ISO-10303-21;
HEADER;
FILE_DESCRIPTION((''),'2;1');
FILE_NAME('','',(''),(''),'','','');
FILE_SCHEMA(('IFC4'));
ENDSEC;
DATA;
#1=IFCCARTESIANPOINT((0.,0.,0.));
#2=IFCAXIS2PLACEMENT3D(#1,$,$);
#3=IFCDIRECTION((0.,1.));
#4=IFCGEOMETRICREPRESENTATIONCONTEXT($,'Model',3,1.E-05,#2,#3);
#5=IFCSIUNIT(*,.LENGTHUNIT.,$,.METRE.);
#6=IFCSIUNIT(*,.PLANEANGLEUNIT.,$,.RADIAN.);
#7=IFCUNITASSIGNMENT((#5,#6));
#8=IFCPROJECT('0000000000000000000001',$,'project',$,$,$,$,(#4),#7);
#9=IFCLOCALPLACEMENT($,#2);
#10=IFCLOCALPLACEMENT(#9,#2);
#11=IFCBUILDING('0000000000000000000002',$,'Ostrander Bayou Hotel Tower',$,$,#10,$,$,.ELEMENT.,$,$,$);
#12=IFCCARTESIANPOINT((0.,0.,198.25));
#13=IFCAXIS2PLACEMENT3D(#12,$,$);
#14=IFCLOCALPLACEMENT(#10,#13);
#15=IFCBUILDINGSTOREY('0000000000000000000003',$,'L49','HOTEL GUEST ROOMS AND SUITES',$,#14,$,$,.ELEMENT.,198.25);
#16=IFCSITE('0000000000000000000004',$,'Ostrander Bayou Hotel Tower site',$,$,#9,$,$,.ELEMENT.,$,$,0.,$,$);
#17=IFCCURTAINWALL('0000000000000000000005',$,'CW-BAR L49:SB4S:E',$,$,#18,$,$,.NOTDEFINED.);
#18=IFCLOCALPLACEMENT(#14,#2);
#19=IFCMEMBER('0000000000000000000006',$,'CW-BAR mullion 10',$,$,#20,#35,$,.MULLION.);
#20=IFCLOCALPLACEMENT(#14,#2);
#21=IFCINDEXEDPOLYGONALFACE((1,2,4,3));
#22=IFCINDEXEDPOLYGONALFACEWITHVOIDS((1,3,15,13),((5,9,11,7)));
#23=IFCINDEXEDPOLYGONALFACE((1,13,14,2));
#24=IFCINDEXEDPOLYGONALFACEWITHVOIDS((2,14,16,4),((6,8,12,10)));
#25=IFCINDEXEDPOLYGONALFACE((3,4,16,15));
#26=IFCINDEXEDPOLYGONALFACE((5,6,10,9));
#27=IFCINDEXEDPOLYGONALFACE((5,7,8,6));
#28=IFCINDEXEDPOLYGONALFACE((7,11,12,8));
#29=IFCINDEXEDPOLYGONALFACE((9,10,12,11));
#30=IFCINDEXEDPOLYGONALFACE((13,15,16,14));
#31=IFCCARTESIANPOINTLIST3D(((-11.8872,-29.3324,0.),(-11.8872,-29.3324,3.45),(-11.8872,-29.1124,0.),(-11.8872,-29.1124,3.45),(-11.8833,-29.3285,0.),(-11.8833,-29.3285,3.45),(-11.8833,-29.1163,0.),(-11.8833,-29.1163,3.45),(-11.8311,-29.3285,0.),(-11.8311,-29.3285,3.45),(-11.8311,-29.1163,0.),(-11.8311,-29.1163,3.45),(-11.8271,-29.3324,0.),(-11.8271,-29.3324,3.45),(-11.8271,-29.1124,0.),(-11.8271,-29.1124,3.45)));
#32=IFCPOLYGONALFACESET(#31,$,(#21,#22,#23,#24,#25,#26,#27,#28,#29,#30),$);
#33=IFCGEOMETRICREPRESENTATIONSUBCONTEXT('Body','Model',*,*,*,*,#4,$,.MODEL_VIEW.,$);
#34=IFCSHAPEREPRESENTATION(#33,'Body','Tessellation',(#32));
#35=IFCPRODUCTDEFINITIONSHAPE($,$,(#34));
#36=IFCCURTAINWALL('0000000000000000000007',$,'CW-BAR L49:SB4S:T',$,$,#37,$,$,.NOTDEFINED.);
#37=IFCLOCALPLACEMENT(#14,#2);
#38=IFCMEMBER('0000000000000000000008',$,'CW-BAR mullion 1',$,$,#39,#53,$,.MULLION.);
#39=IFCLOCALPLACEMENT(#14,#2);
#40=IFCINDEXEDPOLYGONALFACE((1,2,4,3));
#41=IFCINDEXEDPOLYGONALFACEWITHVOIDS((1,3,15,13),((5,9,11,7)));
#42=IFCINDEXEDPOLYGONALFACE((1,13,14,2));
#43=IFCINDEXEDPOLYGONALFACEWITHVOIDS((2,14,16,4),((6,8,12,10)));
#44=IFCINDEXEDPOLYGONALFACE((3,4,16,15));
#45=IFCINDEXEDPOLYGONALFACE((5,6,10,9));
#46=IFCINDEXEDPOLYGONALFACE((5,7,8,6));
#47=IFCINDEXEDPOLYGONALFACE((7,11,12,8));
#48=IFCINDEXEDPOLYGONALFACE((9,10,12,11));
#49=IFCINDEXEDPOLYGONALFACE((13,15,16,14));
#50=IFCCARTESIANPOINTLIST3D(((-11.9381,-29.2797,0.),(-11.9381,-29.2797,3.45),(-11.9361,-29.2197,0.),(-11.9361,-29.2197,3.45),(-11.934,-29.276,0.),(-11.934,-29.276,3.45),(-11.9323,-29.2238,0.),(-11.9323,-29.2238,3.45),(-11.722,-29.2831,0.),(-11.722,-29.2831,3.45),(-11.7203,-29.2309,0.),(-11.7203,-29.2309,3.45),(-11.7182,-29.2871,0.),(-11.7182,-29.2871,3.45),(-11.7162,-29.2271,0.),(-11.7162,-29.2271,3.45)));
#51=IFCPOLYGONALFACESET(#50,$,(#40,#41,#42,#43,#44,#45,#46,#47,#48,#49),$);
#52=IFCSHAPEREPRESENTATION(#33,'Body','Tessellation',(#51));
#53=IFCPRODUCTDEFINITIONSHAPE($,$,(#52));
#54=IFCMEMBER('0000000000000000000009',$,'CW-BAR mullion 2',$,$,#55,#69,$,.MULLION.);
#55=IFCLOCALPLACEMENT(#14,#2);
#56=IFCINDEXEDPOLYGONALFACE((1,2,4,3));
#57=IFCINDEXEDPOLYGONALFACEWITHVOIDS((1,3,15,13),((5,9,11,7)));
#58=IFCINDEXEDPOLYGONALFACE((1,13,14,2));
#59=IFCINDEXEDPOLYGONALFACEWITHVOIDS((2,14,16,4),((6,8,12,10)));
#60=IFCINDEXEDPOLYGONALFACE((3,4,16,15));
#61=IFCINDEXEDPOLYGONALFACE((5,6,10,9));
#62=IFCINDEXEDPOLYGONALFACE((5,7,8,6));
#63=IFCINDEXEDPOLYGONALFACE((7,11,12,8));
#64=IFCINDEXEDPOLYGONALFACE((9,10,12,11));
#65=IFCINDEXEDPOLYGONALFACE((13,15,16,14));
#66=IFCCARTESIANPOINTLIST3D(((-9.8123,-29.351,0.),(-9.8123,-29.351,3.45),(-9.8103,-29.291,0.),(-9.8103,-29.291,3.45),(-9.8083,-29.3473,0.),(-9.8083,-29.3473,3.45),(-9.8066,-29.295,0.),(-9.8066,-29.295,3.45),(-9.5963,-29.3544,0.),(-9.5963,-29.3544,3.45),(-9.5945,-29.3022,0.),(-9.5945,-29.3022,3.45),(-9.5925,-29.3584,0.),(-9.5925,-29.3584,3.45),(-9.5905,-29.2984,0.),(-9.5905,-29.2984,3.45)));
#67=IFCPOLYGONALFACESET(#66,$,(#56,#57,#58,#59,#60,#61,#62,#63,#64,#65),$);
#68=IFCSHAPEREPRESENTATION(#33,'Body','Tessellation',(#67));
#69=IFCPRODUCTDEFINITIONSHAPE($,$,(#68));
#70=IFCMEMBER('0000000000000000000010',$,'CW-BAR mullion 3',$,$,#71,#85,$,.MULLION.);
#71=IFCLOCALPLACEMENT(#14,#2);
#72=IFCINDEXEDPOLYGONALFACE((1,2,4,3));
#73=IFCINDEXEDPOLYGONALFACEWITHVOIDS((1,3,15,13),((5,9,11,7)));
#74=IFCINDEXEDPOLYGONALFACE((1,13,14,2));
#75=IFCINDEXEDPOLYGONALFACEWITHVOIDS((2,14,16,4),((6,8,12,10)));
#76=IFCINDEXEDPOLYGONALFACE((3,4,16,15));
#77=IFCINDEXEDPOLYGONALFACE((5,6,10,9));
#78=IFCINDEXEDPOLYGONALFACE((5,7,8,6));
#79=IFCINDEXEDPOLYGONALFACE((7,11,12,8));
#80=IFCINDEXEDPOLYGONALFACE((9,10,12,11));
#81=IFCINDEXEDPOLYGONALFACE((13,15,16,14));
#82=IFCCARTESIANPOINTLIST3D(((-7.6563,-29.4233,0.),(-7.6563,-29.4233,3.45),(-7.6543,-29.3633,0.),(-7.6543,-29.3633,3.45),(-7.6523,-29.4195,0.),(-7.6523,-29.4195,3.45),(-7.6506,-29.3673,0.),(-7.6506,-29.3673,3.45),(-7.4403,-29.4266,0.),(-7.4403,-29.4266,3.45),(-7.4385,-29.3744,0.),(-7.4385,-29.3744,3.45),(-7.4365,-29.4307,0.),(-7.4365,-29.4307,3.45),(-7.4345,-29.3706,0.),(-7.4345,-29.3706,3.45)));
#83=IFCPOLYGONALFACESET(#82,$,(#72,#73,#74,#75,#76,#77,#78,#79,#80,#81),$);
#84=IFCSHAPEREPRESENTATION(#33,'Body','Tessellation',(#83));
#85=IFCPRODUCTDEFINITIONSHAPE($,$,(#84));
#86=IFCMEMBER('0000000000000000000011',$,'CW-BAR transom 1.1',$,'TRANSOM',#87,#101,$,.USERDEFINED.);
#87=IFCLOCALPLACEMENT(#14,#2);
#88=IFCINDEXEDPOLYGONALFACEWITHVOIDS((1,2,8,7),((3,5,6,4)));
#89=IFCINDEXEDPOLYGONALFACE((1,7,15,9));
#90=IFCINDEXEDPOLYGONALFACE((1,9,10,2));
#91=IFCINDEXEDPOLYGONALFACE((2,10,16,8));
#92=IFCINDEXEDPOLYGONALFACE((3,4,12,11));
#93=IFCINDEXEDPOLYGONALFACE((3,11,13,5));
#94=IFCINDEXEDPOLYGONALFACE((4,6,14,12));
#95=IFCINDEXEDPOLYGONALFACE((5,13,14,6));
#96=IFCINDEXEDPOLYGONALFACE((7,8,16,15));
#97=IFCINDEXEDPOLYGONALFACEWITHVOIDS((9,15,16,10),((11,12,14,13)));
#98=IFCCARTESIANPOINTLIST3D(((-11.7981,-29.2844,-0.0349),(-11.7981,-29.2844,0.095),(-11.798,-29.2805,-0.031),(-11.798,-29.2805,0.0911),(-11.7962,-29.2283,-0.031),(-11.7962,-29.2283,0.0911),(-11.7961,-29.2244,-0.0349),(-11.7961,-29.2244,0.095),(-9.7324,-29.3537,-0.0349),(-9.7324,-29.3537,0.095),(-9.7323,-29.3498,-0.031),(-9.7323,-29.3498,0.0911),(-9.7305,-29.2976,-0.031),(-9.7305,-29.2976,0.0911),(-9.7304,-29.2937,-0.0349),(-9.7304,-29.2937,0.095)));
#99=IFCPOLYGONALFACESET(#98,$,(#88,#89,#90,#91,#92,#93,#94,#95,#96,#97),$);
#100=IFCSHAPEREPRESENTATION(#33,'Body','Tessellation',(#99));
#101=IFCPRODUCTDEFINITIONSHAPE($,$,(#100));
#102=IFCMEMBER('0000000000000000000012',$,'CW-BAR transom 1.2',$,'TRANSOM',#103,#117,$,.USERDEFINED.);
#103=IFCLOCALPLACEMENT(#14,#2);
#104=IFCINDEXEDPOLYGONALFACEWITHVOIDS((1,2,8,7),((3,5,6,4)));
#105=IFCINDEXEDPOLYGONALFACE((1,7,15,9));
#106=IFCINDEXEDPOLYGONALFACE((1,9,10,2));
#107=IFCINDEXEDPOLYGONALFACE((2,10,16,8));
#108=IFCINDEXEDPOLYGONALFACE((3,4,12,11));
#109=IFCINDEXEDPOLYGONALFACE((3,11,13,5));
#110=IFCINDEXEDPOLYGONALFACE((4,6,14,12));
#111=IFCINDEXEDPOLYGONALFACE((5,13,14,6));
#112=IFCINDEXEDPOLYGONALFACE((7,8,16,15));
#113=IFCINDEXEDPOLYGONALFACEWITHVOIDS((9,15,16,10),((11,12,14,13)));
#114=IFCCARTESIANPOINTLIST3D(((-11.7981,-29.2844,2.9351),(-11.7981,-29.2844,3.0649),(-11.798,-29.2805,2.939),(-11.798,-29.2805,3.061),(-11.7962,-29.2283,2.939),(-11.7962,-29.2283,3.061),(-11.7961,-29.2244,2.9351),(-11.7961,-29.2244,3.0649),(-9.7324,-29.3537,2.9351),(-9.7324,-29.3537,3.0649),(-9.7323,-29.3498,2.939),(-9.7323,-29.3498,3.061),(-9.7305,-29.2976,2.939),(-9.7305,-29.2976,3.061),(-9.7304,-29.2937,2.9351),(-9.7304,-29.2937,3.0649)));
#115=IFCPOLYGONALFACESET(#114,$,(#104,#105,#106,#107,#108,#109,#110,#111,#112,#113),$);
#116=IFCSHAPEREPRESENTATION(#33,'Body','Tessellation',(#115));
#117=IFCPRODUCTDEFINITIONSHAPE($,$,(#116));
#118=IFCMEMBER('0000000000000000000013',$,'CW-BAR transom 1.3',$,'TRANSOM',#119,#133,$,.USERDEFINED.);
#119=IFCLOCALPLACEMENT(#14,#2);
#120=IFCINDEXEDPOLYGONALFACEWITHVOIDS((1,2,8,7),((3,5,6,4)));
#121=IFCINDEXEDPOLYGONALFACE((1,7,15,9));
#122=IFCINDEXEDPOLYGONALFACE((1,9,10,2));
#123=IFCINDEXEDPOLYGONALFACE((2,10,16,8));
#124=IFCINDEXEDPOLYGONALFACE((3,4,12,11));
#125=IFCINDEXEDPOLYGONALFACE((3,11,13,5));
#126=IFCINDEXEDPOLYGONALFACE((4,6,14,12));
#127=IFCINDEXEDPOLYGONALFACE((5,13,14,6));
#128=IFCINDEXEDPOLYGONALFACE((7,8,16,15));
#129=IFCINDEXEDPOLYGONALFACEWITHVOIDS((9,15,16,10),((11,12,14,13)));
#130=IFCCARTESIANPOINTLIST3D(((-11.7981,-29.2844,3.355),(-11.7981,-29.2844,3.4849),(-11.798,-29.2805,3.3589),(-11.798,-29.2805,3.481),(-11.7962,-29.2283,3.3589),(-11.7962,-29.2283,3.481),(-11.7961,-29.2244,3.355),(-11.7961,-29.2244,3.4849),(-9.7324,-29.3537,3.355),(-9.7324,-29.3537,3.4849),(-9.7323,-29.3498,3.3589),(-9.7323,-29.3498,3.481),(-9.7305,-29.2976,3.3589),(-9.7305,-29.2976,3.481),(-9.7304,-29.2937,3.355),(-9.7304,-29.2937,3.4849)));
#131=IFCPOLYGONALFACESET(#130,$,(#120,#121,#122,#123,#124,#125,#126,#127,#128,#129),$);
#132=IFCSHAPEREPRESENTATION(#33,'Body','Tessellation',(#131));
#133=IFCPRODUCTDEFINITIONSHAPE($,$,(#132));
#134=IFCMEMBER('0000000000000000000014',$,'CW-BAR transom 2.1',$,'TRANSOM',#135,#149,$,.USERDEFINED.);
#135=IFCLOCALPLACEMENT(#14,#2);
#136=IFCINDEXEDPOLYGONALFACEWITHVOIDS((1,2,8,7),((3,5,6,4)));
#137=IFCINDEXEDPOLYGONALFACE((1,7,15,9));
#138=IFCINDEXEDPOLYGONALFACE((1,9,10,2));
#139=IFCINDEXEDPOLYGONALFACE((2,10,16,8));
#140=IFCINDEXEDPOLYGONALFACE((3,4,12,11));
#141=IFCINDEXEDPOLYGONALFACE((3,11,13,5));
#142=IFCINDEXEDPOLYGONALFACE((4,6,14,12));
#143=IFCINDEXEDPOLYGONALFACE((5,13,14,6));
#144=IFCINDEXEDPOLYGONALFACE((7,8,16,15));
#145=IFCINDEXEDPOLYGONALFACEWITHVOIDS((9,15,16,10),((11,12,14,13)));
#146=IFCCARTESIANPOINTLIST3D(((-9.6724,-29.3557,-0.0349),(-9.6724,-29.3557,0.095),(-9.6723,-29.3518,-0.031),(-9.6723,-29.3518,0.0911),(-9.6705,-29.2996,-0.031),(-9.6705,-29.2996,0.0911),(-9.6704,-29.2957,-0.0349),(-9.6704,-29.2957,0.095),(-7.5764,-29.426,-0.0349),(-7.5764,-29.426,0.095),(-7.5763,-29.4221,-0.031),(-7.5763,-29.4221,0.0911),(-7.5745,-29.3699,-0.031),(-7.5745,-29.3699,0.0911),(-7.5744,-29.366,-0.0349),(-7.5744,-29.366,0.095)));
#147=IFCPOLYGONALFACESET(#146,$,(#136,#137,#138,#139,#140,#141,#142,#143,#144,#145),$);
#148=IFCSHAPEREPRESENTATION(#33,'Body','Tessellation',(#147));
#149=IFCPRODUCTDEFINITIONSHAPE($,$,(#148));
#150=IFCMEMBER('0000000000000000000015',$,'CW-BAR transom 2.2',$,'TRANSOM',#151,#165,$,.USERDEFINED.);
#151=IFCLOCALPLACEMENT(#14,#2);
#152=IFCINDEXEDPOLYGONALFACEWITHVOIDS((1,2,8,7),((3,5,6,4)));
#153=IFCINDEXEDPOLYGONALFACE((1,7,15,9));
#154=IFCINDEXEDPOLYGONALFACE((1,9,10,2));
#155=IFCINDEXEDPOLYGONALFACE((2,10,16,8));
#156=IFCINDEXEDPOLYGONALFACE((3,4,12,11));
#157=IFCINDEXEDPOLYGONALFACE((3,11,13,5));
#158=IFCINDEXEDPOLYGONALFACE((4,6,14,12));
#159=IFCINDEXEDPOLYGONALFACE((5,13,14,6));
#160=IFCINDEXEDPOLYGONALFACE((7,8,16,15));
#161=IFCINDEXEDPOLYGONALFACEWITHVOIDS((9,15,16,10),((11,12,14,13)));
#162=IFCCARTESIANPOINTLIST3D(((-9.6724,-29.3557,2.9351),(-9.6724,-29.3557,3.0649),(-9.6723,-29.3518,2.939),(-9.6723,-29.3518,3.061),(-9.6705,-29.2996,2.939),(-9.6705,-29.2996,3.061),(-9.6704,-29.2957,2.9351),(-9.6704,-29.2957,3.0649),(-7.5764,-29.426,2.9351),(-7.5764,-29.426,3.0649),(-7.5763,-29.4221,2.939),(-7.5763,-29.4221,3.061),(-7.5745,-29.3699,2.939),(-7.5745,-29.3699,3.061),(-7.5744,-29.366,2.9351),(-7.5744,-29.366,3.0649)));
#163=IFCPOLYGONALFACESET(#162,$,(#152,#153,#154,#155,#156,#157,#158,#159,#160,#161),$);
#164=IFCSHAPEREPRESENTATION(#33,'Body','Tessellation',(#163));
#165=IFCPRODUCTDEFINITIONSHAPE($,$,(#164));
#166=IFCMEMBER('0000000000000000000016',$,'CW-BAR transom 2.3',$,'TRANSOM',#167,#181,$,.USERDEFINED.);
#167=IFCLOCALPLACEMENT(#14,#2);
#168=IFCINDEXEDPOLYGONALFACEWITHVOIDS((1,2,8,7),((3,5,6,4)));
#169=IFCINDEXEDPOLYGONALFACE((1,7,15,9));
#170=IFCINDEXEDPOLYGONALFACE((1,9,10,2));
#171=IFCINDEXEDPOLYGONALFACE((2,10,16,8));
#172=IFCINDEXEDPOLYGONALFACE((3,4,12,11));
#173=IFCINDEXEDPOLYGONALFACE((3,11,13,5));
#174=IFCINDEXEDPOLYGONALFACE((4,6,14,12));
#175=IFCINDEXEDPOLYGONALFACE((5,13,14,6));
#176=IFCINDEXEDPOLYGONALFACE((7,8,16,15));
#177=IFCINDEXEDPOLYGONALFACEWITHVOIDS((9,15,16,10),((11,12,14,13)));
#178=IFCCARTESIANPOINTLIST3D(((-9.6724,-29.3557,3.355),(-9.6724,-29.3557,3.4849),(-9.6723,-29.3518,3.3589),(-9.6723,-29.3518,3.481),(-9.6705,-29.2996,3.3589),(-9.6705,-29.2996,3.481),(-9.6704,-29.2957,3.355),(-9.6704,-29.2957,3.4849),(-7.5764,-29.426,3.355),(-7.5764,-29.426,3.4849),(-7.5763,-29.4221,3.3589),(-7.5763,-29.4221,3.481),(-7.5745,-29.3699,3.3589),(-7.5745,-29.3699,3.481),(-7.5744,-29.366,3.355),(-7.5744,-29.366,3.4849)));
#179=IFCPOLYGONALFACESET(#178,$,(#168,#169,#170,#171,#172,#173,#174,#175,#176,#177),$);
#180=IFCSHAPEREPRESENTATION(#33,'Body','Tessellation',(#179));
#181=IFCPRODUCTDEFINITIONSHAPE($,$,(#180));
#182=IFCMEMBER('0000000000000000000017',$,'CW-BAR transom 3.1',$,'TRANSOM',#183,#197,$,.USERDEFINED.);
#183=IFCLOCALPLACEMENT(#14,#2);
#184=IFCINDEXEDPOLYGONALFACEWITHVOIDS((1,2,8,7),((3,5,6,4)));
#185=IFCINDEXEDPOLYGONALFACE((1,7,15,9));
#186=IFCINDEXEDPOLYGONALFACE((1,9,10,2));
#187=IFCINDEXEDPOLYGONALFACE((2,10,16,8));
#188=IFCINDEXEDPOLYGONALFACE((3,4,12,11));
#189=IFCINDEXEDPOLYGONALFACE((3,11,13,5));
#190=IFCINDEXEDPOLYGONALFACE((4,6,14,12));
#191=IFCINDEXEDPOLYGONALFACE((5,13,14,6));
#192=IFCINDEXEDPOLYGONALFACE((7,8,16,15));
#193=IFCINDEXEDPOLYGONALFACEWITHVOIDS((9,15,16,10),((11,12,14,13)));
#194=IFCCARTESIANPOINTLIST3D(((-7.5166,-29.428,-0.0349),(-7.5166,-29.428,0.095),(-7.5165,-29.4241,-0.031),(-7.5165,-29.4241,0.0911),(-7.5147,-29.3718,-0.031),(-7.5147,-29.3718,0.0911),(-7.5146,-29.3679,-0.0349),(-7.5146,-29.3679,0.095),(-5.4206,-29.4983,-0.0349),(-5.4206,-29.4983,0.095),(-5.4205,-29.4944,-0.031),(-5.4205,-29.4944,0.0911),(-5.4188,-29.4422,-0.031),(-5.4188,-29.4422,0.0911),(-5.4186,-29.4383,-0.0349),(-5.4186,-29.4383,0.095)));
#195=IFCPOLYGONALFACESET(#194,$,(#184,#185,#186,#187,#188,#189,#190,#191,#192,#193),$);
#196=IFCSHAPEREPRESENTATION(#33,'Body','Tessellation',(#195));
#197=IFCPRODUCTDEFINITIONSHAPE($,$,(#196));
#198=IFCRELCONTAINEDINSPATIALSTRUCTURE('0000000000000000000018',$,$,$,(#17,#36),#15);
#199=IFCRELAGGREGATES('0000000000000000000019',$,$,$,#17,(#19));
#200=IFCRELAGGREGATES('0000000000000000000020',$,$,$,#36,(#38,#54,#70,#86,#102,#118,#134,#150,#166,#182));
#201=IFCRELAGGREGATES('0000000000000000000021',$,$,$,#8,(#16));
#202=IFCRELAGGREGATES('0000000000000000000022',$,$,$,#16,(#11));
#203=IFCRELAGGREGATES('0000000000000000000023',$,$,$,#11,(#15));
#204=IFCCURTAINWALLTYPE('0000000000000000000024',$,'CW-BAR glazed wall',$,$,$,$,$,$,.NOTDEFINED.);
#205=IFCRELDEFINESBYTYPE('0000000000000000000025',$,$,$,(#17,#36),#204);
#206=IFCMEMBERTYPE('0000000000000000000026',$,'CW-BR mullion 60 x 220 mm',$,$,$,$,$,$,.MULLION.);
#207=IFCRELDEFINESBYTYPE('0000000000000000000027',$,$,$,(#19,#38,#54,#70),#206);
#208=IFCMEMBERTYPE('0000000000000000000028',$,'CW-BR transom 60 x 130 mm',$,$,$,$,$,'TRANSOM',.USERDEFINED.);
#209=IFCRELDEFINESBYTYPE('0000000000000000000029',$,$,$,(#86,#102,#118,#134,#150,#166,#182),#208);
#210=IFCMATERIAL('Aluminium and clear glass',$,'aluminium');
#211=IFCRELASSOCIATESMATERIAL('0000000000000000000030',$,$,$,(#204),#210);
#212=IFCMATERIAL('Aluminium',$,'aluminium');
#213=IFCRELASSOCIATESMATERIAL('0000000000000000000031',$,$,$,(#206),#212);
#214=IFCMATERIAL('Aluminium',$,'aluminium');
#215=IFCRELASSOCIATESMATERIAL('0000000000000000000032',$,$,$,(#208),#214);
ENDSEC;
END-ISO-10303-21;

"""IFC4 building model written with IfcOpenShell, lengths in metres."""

from ifc_helpers import new_model, si_unit, direction, frame, origin, origin_2d, place, context, subcontext, project, spatial, hollow_rectangle, extrude, material, material_profile, profile_set, type_object, element, aggregate, save


model = new_model("IFC4")

# Units and contexts
model_context = context("Model", 3, precision=1e-05, world=origin(), true_north=direction((0.0, 1.0)))
body_context = subcontext(model_context, "Body", "Model", "MODEL_VIEW")
ifc_project = project(units=[si_unit("LENGTHUNIT", "METRE"), si_unit("PLANEANGLEUNIT", "RADIAN")], contexts=[model_context])

# Site, building, storey
site_placement = place(None, origin())
site = spatial("IfcSite", under=ifc_project, at=site_placement, Name="Ostrander Bayou Hotel Tower site", CompositionType="ELEMENT", RefElevation=0.0)
building_placement = place(site_placement, origin())
building = spatial("IfcBuilding", under=site, at=building_placement, Name="Ostrander Bayou Hotel Tower", CompositionType="ELEMENT")
storey_placement = place(building_placement, frame((0.0, 0.0, 198.25)))
storey = spatial("IfcBuildingStorey", under=building, at=storey_placement, Name="L49", Description="HOTEL GUEST ROOMS AND SUITES", CompositionType="ELEMENT", Elevation=198.25)

# Curtain wall, member
ifc_material_1 = material(Name="Aluminium and clear glass", Category="aluminium")
curtain_wall_type = type_object("IfcCurtainWallType", Name="CW-BAR glazed wall", PredefinedType="NOTDEFINED", material=ifc_material_1)
curtain_wall_1_placement = place(storey_placement, origin())
curtain_wall_1 = element("IfcCurtainWall", 1, at=curtain_wall_1_placement, inside=storey, type_object=curtain_wall_type, Name="CW-BAR L49:SB4S:E", PredefinedType="NOTDEFINED")
ifc_material_2 = material(Name="Aluminium", Category="aluminium")
ifc_material_profile_1 = material_profile(ifc_material_2, hollow_rectangle(XDim=0.0601, YDim=0.22, WallThickness=0.0039, at=origin_2d()))
ifc_profile_set_1 = profile_set([ifc_material_profile_1], Name="Aluminium")
member_type_1 = type_object("IfcMemberType", Name="CW-BR mullion 60 x 220 mm", PredefinedType="MULLION", material=ifc_profile_set_1)
member_1_placement = place(storey_placement, frame((-11.8572, -29.2224, 0.0), z_axis=(0.0, 0.0, 1.0), x_axis=(1.0, 0.0, 0.0)))
member_1 = element("IfcMember", 2, at=member_1_placement, type_object=member_type_1, Name="CW-BAR mullion 10", PredefinedType="MULLION", context=body_context, shape_type="SweptSolid", body=[
    extrude(hollow_rectangle(XDim=0.0601, YDim=0.22, WallThickness=0.0039, at=origin_2d()), origin(), (0.0, 0.0, 1.0), 3.45),
])

# Curtain wall, members
curtain_wall_2_placement = place(storey_placement, origin())
curtain_wall_2 = element("IfcCurtainWall", 3, at=curtain_wall_2_placement, inside=storey, type_object=curtain_wall_type, Name="CW-BAR L49:SB4S:T", PredefinedType="NOTDEFINED")
member_2_placement = place(storey_placement, frame((-11.8271, -29.2534, 0.0), z_axis=(0.0, 0.0, 1.0), x_axis=(0.033505, 0.999439, 0.0)))
member_2 = element("IfcMember", 4, at=member_2_placement, type_object=member_type_1, Name="CW-BAR mullion 1", PredefinedType="MULLION", context=body_context, shape_type="SweptSolid", body=[
    extrude(hollow_rectangle(XDim=0.0601, YDim=0.22, WallThickness=0.0039, at=origin_2d()), origin(), (0.0, 0.0, 1.0), 3.45),
])
member_3_placement = place(storey_placement, frame((-9.7014, -29.3247, 0.0), z_axis=(0.0, 0.0, 1.0), x_axis=(0.033505, 0.999439, 0.0)))
member_3 = element("IfcMember", 5, at=member_3_placement, type_object=member_type_1, Name="CW-BAR mullion 2", PredefinedType="MULLION", context=body_context, shape_type="SweptSolid", body=[
    extrude(hollow_rectangle(XDim=0.0601, YDim=0.22, WallThickness=0.0039, at=origin_2d()), origin(), (0.0, 0.0, 1.0), 3.45),
])
member_4_placement = place(storey_placement, frame((-7.5454, -29.397, 0.0), z_axis=(0.0, 0.0, 1.0), x_axis=(0.033505, 0.999439, 0.0)))
member_4 = element("IfcMember", 6, at=member_4_placement, type_object=member_type_1, Name="CW-BAR mullion 3", PredefinedType="MULLION", context=body_context, shape_type="SweptSolid", body=[
    extrude(hollow_rectangle(XDim=0.0601, YDim=0.22, WallThickness=0.0039, at=origin_2d()), origin(), (0.0, 0.0, 1.0), 3.45),
])
ifc_material_3 = material(Name="Aluminium", Category="aluminium")
ifc_material_profile_2 = material_profile(ifc_material_3, hollow_rectangle(XDim=0.0601, YDim=0.1299, WallThickness=0.0039, at=origin_2d()))
ifc_profile_set_2 = profile_set([ifc_material_profile_2], Name="Aluminium")
member_type_2 = type_object("IfcMemberType", Name="CW-BR transom 60 x 130 mm", ElementType="TRANSOM", PredefinedType="USERDEFINED", material=ifc_profile_set_2)
member_5_placement = place(storey_placement, frame((-11.7971, -29.2544, 0.03), z_axis=(0.999437, -0.033547, 0.0), x_axis=(0.033547, 0.999437, 0.0)))
member_5 = element("IfcMember", 7, at=member_5_placement, type_object=member_type_2, Name="CW-BAR transom 1.1", ObjectType="TRANSOM", PredefinedType="USERDEFINED", context=body_context, shape_type="SweptSolid", body=[
    extrude(hollow_rectangle(XDim=0.0601, YDim=0.1299, WallThickness=0.0039, at=origin_2d()), origin(), (0.0, 0.0, 1.0), 2.0669),
])
member_6_placement = place(storey_placement, frame((-11.7971, -29.2544, 3.0), z_axis=(0.999437, -0.033547, 0.0), x_axis=(0.033547, 0.999437, 0.0)))
member_6 = element("IfcMember", 8, at=member_6_placement, type_object=member_type_2, Name="CW-BAR transom 1.2", ObjectType="TRANSOM", PredefinedType="USERDEFINED", context=body_context, shape_type="SweptSolid", body=[
    extrude(hollow_rectangle(XDim=0.0601, YDim=0.1299, WallThickness=0.0039, at=origin_2d()), origin(), (0.0, 0.0, 1.0), 2.0669),
])
member_7_placement = place(storey_placement, frame((-11.7971, -29.2544, 3.4199), z_axis=(0.999437, -0.033547, 0.0), x_axis=(0.033547, 0.999437, 0.0)))
member_7 = element("IfcMember", 9, at=member_7_placement, type_object=member_type_2, Name="CW-BAR transom 1.3", ObjectType="TRANSOM", PredefinedType="USERDEFINED", context=body_context, shape_type="SweptSolid", body=[
    extrude(hollow_rectangle(XDim=0.0601, YDim=0.1299, WallThickness=0.0039, at=origin_2d()), origin(), (0.0, 0.0, 1.0), 2.0669),
])
member_8_placement = place(storey_placement, frame((-9.6714, -29.3257, 0.03), z_axis=(0.999438, -0.033528, 0.0), x_axis=(0.033528, 0.999438, 0.0)))
member_8 = element("IfcMember", 10, at=member_8_placement, type_object=member_type_2, Name="CW-BAR transom 2.1", ObjectType="TRANSOM", PredefinedType="USERDEFINED", context=body_context, shape_type="SweptSolid", body=[
    extrude(hollow_rectangle(XDim=0.0601, YDim=0.1299, WallThickness=0.0039, at=origin_2d()), origin(), (0.0, 0.0, 1.0), 2.0972),
])
member_9_placement = place(storey_placement, frame((-9.6714, -29.3257, 3.0), z_axis=(0.999438, -0.033528, 0.0), x_axis=(0.033528, 0.999438, 0.0)))
member_9 = element("IfcMember", 11, at=member_9_placement, type_object=member_type_2, Name="CW-BAR transom 2.2", ObjectType="TRANSOM", PredefinedType="USERDEFINED", context=body_context, shape_type="SweptSolid", body=[
    extrude(hollow_rectangle(XDim=0.0601, YDim=0.1299, WallThickness=0.0039, at=origin_2d()), origin(), (0.0, 0.0, 1.0), 2.0972),
])
member_10_placement = place(storey_placement, frame((-9.6714, -29.3257, 3.4199), z_axis=(0.999438, -0.033528, 0.0), x_axis=(0.033528, 0.999438, 0.0)))
member_10 = element("IfcMember", 12, at=member_10_placement, type_object=member_type_2, Name="CW-BAR transom 2.3", ObjectType="TRANSOM", PredefinedType="USERDEFINED", context=body_context, shape_type="SweptSolid", body=[
    extrude(hollow_rectangle(XDim=0.0601, YDim=0.1299, WallThickness=0.0039, at=origin_2d()), origin(), (0.0, 0.0, 1.0), 2.0972),
])
member_11_placement = place(storey_placement, frame((-7.5156, -29.3979, 0.03), z_axis=(0.999438, -0.033528, 0.0), x_axis=(0.033528, 0.999438, 0.0)))
member_11 = element("IfcMember", 13, at=member_11_placement, type_object=member_type_2, Name="CW-BAR transom 3.1", ObjectType="TRANSOM", PredefinedType="USERDEFINED", context=body_context, shape_type="SweptSolid", body=[
    extrude(hollow_rectangle(XDim=0.0601, YDim=0.1299, WallThickness=0.0039, at=origin_2d()), origin(), (0.0, 0.0, 1.0), 2.0972),
])

aggregate(curtain_wall_1, [member_1])
aggregate(curtain_wall_2, [member_2, member_3, member_4, member_5, member_6, member_7, member_8, member_9, member_10, member_11])

save(model, "model.ifc")
